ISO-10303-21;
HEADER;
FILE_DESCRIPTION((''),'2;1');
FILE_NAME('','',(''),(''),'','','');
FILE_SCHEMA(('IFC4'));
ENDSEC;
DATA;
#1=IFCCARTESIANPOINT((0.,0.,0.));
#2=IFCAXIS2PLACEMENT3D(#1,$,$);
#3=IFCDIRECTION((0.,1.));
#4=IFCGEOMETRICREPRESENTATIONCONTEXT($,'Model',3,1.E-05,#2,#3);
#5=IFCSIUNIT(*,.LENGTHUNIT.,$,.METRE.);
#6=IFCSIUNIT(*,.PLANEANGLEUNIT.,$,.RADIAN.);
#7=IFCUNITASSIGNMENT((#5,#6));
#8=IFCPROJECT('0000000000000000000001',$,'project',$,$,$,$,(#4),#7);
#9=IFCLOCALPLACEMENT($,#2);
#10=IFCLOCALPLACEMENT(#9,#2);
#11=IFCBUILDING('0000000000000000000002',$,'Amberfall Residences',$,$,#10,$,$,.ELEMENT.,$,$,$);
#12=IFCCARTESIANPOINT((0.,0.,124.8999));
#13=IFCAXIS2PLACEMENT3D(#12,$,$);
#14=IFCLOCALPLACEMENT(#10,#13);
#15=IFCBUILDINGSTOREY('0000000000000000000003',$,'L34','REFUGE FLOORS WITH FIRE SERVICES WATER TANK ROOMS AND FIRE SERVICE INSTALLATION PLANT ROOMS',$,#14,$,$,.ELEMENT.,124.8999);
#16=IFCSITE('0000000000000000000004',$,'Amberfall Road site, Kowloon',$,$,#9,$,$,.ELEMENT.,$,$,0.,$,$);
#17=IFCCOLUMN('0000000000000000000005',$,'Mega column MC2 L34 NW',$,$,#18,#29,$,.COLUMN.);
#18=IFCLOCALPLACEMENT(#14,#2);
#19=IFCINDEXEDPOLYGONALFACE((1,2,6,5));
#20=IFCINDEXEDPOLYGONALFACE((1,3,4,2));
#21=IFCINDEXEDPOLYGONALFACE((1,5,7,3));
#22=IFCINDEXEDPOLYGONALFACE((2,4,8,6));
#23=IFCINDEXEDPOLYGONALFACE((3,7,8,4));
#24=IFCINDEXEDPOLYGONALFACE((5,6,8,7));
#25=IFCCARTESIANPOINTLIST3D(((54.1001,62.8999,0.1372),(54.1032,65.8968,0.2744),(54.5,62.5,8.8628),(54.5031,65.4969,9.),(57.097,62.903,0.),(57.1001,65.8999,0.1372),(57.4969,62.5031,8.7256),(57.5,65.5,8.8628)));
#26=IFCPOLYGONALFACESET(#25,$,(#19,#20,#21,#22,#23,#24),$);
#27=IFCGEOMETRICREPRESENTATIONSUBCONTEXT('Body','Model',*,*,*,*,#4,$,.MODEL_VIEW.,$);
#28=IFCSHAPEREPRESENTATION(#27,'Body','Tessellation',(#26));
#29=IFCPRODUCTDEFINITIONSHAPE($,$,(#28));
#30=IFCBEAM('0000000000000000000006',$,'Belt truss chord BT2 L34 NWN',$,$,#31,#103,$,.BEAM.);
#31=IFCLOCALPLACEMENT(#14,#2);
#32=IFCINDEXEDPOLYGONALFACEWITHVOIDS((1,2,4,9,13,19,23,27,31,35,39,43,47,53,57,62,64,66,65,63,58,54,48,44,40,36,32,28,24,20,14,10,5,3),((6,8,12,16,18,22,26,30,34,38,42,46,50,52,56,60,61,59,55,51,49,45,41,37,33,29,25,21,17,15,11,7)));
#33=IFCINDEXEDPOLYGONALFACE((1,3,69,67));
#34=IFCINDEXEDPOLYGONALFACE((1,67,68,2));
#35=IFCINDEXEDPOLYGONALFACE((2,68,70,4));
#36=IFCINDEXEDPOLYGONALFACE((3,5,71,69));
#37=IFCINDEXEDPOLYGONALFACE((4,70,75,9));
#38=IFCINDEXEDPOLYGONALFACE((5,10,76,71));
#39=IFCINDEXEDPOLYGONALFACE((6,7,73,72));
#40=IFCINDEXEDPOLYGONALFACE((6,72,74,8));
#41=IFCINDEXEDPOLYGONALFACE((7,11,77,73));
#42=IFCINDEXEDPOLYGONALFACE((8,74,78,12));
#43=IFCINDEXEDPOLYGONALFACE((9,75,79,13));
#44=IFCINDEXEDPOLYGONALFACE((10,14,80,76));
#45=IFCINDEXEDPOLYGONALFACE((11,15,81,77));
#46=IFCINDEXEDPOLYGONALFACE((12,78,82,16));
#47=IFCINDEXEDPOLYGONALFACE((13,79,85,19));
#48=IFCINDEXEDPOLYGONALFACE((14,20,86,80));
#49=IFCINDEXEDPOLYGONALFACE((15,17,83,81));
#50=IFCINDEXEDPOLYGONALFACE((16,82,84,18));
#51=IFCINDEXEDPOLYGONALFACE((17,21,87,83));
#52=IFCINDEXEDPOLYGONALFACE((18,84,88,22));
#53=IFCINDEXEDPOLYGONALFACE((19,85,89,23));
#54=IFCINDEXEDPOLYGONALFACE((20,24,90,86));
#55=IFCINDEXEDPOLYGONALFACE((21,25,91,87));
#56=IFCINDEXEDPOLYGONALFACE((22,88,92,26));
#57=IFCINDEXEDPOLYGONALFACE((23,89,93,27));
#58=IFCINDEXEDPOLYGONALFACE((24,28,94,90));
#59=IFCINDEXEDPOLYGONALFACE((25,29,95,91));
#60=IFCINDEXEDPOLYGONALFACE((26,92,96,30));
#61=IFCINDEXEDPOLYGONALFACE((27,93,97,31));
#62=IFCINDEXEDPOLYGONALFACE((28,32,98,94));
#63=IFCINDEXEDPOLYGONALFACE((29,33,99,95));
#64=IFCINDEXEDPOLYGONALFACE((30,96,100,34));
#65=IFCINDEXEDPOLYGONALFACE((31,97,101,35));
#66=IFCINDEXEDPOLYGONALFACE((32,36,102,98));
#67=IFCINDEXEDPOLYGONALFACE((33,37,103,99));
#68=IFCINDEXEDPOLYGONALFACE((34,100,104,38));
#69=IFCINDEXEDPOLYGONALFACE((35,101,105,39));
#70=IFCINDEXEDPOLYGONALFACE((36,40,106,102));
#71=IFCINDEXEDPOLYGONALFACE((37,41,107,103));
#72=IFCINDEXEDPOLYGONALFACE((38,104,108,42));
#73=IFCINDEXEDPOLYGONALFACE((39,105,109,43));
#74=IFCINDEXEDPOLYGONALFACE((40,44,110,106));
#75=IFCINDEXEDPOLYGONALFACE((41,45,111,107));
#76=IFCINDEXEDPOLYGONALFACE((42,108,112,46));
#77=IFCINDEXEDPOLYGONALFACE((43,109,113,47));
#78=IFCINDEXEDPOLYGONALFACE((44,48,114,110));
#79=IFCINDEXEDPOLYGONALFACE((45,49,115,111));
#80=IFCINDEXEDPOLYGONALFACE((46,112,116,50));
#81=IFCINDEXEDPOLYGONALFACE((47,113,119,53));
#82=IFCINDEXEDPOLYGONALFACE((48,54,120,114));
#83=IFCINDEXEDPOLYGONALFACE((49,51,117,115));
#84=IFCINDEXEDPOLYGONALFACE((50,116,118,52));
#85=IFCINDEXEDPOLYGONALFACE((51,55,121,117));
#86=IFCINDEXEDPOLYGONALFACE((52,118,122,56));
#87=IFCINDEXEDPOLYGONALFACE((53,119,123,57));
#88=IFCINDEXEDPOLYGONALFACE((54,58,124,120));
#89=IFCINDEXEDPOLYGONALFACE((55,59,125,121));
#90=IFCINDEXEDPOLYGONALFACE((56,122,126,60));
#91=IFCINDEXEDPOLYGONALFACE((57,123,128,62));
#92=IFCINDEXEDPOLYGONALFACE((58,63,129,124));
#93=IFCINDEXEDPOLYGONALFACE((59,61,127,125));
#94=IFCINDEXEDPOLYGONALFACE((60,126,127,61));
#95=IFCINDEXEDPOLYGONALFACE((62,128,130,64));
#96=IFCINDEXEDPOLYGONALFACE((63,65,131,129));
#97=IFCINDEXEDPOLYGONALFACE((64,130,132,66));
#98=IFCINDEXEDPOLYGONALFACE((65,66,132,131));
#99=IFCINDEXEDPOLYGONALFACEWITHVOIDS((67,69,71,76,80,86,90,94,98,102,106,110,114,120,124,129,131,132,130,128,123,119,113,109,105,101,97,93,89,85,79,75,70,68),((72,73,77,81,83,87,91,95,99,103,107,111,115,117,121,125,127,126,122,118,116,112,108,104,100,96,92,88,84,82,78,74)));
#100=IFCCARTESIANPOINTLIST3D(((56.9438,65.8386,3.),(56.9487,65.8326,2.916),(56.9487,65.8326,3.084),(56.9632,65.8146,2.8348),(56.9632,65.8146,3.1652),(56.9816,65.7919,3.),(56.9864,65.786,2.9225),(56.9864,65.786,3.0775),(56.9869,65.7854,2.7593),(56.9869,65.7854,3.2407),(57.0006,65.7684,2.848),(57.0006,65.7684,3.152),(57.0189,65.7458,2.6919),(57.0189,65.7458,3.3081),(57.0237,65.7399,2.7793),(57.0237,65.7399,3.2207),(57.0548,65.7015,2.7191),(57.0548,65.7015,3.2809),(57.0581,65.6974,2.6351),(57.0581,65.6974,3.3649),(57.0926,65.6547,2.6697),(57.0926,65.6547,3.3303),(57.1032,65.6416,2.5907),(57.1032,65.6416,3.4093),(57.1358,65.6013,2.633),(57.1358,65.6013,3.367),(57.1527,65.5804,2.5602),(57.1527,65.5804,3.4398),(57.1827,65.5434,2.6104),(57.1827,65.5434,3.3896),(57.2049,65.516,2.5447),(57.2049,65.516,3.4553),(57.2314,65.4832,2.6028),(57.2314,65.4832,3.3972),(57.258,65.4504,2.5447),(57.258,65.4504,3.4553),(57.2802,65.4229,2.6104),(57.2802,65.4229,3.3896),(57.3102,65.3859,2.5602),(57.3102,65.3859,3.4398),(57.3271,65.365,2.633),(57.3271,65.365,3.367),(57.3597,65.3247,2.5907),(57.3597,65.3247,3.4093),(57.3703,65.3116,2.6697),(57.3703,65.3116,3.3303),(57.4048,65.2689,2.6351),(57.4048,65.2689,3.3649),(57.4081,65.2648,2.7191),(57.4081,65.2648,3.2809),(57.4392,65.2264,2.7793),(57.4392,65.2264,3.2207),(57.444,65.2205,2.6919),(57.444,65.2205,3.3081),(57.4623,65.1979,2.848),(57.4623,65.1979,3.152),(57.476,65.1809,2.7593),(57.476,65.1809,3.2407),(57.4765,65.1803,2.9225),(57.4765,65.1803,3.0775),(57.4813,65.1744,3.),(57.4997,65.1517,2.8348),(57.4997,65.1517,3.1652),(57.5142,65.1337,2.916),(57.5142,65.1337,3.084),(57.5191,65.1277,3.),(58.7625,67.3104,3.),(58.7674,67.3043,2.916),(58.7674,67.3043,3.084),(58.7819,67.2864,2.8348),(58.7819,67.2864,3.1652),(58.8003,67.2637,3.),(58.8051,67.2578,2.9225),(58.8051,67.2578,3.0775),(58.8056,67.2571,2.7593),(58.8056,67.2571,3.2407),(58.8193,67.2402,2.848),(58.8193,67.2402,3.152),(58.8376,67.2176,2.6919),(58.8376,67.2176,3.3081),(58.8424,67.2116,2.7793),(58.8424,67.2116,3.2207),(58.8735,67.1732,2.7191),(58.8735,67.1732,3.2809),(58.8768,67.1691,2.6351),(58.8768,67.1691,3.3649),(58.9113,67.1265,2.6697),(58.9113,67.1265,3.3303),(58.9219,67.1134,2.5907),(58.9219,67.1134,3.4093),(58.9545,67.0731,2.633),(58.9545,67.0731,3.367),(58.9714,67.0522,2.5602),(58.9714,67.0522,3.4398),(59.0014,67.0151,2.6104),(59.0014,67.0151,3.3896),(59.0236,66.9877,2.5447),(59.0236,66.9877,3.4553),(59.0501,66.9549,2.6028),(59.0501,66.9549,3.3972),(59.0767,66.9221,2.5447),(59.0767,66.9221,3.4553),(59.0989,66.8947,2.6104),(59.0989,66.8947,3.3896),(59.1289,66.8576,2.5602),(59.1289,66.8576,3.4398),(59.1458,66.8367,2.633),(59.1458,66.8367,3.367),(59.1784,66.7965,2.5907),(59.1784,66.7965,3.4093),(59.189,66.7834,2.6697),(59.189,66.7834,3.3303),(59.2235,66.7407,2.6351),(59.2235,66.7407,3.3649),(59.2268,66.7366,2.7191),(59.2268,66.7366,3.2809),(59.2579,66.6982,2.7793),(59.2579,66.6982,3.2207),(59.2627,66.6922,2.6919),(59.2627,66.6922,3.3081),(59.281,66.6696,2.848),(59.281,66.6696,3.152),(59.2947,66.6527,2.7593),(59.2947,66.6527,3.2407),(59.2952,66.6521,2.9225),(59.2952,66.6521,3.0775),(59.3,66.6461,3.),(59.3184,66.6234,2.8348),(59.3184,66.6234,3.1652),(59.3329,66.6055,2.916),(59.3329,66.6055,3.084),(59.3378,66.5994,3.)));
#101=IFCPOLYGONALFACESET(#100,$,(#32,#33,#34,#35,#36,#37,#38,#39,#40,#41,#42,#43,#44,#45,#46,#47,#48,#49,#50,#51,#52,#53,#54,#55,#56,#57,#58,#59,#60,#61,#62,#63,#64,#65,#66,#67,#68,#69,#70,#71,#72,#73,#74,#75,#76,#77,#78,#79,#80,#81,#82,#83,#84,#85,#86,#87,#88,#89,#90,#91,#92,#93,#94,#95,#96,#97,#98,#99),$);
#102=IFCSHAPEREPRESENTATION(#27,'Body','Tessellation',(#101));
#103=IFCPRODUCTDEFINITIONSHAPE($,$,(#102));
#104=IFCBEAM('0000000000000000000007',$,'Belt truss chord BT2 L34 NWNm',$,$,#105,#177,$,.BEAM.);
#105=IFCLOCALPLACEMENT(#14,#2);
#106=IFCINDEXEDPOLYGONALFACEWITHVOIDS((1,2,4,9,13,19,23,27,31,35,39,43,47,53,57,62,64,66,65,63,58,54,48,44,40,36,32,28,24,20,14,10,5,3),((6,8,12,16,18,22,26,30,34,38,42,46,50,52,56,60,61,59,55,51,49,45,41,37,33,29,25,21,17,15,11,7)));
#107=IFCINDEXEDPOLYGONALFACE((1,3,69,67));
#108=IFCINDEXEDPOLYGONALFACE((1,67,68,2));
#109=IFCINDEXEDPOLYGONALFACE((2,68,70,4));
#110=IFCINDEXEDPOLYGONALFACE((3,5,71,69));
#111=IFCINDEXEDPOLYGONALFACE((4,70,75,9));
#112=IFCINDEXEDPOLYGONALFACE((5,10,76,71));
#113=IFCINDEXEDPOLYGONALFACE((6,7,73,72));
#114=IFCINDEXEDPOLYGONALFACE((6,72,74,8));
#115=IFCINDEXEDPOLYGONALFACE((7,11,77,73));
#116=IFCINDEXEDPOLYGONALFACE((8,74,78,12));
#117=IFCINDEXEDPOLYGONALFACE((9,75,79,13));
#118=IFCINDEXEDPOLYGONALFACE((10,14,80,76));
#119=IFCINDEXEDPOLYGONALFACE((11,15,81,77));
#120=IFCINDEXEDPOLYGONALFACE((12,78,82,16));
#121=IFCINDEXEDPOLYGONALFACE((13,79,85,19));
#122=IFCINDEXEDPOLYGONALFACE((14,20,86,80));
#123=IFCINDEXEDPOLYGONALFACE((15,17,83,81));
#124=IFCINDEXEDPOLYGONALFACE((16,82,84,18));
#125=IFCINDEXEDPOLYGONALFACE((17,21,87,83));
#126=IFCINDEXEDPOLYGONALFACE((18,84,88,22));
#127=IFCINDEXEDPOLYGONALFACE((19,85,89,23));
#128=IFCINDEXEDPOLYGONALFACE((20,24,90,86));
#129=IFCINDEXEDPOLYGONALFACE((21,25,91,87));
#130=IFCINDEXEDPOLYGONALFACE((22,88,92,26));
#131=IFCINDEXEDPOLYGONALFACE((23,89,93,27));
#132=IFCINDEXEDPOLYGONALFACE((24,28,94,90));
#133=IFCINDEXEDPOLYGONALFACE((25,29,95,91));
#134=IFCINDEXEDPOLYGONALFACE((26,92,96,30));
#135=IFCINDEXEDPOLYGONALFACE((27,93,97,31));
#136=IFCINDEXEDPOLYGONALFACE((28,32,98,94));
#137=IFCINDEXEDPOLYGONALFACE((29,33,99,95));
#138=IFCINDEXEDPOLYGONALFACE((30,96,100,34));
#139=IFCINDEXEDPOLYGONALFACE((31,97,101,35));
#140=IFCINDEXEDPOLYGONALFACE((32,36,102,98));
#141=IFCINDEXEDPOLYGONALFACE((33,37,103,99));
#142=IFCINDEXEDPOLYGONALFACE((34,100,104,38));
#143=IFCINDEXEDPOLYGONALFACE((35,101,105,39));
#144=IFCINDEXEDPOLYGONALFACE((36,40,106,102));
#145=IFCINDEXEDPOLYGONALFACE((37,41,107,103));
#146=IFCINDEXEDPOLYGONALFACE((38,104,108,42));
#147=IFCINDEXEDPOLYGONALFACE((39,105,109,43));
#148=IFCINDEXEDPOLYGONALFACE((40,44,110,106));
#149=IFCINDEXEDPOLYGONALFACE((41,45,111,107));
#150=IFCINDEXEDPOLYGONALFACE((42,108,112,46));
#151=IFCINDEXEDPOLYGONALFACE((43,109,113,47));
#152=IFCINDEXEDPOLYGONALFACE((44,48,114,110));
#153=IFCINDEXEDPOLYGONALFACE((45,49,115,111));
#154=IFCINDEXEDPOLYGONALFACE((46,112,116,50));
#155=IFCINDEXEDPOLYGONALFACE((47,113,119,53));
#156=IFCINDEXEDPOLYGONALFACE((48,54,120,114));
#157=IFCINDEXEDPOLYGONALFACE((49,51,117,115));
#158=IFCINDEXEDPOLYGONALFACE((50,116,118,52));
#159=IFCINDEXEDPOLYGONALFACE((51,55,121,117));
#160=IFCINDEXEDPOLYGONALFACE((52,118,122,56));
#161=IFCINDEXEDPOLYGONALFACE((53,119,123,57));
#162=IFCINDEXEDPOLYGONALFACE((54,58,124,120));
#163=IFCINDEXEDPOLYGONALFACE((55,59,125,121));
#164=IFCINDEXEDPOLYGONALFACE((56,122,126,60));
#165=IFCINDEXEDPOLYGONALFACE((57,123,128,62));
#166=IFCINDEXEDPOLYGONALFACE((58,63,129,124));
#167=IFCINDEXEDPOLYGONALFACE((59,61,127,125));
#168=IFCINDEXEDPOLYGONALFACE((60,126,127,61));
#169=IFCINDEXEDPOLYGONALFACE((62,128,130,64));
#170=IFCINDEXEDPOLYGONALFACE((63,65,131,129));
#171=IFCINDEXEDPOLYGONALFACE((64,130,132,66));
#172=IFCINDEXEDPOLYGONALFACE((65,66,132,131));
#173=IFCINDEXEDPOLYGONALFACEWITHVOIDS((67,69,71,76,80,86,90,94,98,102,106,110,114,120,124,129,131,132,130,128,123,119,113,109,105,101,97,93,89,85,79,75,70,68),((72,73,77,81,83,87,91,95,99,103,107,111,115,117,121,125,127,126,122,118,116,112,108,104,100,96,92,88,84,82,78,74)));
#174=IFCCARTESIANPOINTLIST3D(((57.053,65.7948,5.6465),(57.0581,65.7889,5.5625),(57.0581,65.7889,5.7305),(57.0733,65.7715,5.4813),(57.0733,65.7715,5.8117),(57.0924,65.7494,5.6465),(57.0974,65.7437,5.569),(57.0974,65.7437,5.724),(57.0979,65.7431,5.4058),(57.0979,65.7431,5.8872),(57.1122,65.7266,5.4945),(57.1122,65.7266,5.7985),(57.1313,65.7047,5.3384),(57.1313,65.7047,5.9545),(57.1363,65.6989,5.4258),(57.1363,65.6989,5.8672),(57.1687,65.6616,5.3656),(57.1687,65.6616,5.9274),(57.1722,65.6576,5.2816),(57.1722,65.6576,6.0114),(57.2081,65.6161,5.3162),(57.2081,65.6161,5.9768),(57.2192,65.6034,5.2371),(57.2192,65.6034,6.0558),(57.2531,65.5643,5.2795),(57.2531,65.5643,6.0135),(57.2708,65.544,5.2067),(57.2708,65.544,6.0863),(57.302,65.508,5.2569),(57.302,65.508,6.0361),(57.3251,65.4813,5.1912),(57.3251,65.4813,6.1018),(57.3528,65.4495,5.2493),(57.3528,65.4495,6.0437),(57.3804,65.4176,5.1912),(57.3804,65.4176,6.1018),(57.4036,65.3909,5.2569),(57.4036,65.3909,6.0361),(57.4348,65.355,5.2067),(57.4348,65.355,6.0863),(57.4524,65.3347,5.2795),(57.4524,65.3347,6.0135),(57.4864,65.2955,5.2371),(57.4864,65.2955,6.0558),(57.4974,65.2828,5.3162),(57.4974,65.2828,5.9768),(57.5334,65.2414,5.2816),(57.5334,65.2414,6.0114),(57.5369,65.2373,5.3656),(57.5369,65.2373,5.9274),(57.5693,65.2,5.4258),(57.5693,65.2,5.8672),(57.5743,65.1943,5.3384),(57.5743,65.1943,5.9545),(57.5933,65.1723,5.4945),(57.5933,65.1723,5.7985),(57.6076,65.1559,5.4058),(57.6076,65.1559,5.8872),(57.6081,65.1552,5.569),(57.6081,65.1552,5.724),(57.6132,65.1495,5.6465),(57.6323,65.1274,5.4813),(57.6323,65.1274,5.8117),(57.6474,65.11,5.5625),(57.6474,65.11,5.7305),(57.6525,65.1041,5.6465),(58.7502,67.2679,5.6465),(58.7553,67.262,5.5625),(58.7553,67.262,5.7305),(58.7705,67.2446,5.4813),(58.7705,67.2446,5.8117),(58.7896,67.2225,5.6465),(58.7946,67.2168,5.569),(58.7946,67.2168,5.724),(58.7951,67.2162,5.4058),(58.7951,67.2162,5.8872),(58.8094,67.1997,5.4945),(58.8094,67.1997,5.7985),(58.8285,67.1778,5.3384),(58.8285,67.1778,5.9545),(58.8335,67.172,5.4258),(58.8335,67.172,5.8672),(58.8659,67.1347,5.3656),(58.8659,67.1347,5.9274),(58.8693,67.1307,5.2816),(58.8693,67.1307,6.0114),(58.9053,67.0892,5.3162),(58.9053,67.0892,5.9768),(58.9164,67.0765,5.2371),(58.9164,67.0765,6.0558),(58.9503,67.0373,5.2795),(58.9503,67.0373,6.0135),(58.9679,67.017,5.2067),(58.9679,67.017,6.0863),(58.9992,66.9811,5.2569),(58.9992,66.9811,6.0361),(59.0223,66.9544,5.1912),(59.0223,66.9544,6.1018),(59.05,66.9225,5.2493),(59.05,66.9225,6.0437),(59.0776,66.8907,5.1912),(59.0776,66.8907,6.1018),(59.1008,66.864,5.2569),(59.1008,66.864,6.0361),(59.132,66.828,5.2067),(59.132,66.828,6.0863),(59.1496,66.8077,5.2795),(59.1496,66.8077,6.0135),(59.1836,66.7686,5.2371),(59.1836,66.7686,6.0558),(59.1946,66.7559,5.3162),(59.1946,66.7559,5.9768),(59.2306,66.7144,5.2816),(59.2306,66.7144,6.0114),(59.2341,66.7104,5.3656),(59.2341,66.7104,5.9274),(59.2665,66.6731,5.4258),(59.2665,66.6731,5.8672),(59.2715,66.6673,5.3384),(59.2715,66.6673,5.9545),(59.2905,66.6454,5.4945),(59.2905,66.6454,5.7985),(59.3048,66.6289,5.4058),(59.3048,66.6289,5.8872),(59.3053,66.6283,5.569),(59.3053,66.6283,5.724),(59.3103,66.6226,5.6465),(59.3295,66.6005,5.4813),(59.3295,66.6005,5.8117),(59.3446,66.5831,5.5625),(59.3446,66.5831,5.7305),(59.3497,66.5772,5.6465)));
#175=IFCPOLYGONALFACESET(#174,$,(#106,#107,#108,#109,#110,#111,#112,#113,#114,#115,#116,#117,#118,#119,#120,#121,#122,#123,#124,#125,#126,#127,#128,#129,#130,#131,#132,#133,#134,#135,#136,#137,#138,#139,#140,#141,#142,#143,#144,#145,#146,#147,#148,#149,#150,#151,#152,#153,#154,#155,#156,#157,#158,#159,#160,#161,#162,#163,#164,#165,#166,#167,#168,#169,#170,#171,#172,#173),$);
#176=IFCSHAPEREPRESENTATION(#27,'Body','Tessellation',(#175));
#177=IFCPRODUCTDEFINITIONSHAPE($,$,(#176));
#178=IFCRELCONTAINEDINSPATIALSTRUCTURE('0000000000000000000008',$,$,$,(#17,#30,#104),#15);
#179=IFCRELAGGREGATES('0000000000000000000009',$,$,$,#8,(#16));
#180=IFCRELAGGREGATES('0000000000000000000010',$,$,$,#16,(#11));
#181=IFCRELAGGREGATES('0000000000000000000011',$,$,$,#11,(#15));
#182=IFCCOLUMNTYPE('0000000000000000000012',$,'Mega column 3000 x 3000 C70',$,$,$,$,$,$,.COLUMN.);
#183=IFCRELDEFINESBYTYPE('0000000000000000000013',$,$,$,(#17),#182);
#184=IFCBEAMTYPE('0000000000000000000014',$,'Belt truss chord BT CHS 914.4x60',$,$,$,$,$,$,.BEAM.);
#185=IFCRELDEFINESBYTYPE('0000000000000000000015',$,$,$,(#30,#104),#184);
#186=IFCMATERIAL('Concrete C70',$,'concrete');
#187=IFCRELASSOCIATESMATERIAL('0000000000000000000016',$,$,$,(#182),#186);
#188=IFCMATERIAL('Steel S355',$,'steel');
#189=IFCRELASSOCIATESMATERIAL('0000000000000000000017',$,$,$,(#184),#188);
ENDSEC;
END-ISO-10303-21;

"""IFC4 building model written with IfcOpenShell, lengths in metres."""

from ifc_helpers import new_model, si_unit, direction, frame, origin, origin_2d, place, context, subcontext, project, spatial, rectangle, hollow_circle, extrude, material, material_profile, profile_set, type_object, element, save


model = new_model("IFC4")

# Units and contexts
model_context = context("Model", 3, precision=1e-05, world=origin(), true_north=direction((0.0, 1.0)))
body_context = subcontext(model_context, "Body", "Model", "MODEL_VIEW")
ifc_project = project(units=[si_unit("LENGTHUNIT", "METRE"), si_unit("PLANEANGLEUNIT", "RADIAN")], contexts=[model_context])

# Site, building, storey
site_placement = place(None, origin())
site = spatial("IfcSite", under=ifc_project, at=site_placement, Name="Amberfall Road site, Kowloon", CompositionType="ELEMENT", RefElevation=0.0)
building_placement = place(site_placement, origin())
building = spatial("IfcBuilding", under=site, at=building_placement, Name="Amberfall Residences", CompositionType="ELEMENT")
storey_placement = place(building_placement, frame((0.0, 0.0, 124.8999)))
storey = spatial("IfcBuildingStorey", under=building, at=storey_placement, Name="L34", Description="REFUGE FLOORS WITH FIRE SERVICES WATER TANK ROOMS AND FIRE SERVICE INSTALLATION PLANT ROOMS", CompositionType="ELEMENT", Elevation=124.8999)

# Column
ifc_material_1 = material(Name="Concrete C70", Category="concrete")
ifc_material_profile_1 = material_profile(ifc_material_1, rectangle(XDim=3.0, YDim=3.0, at=origin_2d()), Name="Mega column 3000 x 3000 C70")
ifc_profile_set_1 = profile_set([ifc_material_profile_1], Name="Concrete C70")
column_type = type_object("IfcColumnType", Name="Mega column 3000 x 3000 C70", PredefinedType="COLUMN", material=ifc_profile_set_1)
column_placement = place(storey_placement, frame((55.6001, 64.3999, 0.1372), z_axis=(0.045735, -0.045735, 0.997906), x_axis=(0.001047, 0.998953, 0.045735)))
element("IfcColumn", 1, at=column_placement, inside=storey, type_object=column_type, Name="Mega column MC2 L34 NW", PredefinedType="COLUMN", context=body_context, shape_type="SweptSolid", body=[
    extrude(rectangle(XDim=3.0, YDim=3.0, at=origin_2d()), origin(), (0.0, 0.0, 1.0), 8.7439),
])

# Beams
ifc_material_2 = material(Name="Steel S355", Category="steel")
ifc_material_profile_2 = material_profile(ifc_material_2, hollow_circle(Radius=0.4573, WallThickness=0.0601, at=origin_2d()), Name="CHS 914.4x60")
ifc_profile_set_2 = profile_set([ifc_material_profile_2], Name="Steel S355")
beam_type_1 = type_object("IfcBeamType", Name="Belt truss chord BT CHS 914.4x60", PredefinedType="BEAM", material=ifc_profile_set_2)
beam_1_placement = place(storey_placement, frame((57.2314, 65.4832, 3.0), z_axis=(0.777354, 0.629063, 0.0), x_axis=(-0.629063, 0.777354, 0.0)))
element("IfcBeam", 2, at=beam_1_placement, inside=storey, type_object=beam_type_1, Name="Belt truss chord BT2 L34 NWN", PredefinedType="BEAM", context=body_context, shape_type="SweptSolid", body=[
    extrude(hollow_circle(Radius=0.4573, WallThickness=0.0601, at=origin_2d()), origin(), (0.0, 0.0, 1.0), 2.3396),
])
beam_2_placement = place(storey_placement, frame((57.3528, 65.4495, 5.6465), z_axis=(0.755209, 0.655485, 0.0), x_axis=(-0.655485, 0.755209, 0.0)))
element("IfcBeam", 3, at=beam_2_placement, inside=storey, type_object=beam_type_1, Name="Belt truss chord BT2 L34 NWNm", PredefinedType="BEAM", context=body_context, shape_type="SweptSolid", body=[
    extrude(hollow_circle(Radius=0.4573, WallThickness=0.0601, at=origin_2d()), origin(), (0.0, 0.0, 1.0), 2.2473),
])

save(model, "model.ifc")
